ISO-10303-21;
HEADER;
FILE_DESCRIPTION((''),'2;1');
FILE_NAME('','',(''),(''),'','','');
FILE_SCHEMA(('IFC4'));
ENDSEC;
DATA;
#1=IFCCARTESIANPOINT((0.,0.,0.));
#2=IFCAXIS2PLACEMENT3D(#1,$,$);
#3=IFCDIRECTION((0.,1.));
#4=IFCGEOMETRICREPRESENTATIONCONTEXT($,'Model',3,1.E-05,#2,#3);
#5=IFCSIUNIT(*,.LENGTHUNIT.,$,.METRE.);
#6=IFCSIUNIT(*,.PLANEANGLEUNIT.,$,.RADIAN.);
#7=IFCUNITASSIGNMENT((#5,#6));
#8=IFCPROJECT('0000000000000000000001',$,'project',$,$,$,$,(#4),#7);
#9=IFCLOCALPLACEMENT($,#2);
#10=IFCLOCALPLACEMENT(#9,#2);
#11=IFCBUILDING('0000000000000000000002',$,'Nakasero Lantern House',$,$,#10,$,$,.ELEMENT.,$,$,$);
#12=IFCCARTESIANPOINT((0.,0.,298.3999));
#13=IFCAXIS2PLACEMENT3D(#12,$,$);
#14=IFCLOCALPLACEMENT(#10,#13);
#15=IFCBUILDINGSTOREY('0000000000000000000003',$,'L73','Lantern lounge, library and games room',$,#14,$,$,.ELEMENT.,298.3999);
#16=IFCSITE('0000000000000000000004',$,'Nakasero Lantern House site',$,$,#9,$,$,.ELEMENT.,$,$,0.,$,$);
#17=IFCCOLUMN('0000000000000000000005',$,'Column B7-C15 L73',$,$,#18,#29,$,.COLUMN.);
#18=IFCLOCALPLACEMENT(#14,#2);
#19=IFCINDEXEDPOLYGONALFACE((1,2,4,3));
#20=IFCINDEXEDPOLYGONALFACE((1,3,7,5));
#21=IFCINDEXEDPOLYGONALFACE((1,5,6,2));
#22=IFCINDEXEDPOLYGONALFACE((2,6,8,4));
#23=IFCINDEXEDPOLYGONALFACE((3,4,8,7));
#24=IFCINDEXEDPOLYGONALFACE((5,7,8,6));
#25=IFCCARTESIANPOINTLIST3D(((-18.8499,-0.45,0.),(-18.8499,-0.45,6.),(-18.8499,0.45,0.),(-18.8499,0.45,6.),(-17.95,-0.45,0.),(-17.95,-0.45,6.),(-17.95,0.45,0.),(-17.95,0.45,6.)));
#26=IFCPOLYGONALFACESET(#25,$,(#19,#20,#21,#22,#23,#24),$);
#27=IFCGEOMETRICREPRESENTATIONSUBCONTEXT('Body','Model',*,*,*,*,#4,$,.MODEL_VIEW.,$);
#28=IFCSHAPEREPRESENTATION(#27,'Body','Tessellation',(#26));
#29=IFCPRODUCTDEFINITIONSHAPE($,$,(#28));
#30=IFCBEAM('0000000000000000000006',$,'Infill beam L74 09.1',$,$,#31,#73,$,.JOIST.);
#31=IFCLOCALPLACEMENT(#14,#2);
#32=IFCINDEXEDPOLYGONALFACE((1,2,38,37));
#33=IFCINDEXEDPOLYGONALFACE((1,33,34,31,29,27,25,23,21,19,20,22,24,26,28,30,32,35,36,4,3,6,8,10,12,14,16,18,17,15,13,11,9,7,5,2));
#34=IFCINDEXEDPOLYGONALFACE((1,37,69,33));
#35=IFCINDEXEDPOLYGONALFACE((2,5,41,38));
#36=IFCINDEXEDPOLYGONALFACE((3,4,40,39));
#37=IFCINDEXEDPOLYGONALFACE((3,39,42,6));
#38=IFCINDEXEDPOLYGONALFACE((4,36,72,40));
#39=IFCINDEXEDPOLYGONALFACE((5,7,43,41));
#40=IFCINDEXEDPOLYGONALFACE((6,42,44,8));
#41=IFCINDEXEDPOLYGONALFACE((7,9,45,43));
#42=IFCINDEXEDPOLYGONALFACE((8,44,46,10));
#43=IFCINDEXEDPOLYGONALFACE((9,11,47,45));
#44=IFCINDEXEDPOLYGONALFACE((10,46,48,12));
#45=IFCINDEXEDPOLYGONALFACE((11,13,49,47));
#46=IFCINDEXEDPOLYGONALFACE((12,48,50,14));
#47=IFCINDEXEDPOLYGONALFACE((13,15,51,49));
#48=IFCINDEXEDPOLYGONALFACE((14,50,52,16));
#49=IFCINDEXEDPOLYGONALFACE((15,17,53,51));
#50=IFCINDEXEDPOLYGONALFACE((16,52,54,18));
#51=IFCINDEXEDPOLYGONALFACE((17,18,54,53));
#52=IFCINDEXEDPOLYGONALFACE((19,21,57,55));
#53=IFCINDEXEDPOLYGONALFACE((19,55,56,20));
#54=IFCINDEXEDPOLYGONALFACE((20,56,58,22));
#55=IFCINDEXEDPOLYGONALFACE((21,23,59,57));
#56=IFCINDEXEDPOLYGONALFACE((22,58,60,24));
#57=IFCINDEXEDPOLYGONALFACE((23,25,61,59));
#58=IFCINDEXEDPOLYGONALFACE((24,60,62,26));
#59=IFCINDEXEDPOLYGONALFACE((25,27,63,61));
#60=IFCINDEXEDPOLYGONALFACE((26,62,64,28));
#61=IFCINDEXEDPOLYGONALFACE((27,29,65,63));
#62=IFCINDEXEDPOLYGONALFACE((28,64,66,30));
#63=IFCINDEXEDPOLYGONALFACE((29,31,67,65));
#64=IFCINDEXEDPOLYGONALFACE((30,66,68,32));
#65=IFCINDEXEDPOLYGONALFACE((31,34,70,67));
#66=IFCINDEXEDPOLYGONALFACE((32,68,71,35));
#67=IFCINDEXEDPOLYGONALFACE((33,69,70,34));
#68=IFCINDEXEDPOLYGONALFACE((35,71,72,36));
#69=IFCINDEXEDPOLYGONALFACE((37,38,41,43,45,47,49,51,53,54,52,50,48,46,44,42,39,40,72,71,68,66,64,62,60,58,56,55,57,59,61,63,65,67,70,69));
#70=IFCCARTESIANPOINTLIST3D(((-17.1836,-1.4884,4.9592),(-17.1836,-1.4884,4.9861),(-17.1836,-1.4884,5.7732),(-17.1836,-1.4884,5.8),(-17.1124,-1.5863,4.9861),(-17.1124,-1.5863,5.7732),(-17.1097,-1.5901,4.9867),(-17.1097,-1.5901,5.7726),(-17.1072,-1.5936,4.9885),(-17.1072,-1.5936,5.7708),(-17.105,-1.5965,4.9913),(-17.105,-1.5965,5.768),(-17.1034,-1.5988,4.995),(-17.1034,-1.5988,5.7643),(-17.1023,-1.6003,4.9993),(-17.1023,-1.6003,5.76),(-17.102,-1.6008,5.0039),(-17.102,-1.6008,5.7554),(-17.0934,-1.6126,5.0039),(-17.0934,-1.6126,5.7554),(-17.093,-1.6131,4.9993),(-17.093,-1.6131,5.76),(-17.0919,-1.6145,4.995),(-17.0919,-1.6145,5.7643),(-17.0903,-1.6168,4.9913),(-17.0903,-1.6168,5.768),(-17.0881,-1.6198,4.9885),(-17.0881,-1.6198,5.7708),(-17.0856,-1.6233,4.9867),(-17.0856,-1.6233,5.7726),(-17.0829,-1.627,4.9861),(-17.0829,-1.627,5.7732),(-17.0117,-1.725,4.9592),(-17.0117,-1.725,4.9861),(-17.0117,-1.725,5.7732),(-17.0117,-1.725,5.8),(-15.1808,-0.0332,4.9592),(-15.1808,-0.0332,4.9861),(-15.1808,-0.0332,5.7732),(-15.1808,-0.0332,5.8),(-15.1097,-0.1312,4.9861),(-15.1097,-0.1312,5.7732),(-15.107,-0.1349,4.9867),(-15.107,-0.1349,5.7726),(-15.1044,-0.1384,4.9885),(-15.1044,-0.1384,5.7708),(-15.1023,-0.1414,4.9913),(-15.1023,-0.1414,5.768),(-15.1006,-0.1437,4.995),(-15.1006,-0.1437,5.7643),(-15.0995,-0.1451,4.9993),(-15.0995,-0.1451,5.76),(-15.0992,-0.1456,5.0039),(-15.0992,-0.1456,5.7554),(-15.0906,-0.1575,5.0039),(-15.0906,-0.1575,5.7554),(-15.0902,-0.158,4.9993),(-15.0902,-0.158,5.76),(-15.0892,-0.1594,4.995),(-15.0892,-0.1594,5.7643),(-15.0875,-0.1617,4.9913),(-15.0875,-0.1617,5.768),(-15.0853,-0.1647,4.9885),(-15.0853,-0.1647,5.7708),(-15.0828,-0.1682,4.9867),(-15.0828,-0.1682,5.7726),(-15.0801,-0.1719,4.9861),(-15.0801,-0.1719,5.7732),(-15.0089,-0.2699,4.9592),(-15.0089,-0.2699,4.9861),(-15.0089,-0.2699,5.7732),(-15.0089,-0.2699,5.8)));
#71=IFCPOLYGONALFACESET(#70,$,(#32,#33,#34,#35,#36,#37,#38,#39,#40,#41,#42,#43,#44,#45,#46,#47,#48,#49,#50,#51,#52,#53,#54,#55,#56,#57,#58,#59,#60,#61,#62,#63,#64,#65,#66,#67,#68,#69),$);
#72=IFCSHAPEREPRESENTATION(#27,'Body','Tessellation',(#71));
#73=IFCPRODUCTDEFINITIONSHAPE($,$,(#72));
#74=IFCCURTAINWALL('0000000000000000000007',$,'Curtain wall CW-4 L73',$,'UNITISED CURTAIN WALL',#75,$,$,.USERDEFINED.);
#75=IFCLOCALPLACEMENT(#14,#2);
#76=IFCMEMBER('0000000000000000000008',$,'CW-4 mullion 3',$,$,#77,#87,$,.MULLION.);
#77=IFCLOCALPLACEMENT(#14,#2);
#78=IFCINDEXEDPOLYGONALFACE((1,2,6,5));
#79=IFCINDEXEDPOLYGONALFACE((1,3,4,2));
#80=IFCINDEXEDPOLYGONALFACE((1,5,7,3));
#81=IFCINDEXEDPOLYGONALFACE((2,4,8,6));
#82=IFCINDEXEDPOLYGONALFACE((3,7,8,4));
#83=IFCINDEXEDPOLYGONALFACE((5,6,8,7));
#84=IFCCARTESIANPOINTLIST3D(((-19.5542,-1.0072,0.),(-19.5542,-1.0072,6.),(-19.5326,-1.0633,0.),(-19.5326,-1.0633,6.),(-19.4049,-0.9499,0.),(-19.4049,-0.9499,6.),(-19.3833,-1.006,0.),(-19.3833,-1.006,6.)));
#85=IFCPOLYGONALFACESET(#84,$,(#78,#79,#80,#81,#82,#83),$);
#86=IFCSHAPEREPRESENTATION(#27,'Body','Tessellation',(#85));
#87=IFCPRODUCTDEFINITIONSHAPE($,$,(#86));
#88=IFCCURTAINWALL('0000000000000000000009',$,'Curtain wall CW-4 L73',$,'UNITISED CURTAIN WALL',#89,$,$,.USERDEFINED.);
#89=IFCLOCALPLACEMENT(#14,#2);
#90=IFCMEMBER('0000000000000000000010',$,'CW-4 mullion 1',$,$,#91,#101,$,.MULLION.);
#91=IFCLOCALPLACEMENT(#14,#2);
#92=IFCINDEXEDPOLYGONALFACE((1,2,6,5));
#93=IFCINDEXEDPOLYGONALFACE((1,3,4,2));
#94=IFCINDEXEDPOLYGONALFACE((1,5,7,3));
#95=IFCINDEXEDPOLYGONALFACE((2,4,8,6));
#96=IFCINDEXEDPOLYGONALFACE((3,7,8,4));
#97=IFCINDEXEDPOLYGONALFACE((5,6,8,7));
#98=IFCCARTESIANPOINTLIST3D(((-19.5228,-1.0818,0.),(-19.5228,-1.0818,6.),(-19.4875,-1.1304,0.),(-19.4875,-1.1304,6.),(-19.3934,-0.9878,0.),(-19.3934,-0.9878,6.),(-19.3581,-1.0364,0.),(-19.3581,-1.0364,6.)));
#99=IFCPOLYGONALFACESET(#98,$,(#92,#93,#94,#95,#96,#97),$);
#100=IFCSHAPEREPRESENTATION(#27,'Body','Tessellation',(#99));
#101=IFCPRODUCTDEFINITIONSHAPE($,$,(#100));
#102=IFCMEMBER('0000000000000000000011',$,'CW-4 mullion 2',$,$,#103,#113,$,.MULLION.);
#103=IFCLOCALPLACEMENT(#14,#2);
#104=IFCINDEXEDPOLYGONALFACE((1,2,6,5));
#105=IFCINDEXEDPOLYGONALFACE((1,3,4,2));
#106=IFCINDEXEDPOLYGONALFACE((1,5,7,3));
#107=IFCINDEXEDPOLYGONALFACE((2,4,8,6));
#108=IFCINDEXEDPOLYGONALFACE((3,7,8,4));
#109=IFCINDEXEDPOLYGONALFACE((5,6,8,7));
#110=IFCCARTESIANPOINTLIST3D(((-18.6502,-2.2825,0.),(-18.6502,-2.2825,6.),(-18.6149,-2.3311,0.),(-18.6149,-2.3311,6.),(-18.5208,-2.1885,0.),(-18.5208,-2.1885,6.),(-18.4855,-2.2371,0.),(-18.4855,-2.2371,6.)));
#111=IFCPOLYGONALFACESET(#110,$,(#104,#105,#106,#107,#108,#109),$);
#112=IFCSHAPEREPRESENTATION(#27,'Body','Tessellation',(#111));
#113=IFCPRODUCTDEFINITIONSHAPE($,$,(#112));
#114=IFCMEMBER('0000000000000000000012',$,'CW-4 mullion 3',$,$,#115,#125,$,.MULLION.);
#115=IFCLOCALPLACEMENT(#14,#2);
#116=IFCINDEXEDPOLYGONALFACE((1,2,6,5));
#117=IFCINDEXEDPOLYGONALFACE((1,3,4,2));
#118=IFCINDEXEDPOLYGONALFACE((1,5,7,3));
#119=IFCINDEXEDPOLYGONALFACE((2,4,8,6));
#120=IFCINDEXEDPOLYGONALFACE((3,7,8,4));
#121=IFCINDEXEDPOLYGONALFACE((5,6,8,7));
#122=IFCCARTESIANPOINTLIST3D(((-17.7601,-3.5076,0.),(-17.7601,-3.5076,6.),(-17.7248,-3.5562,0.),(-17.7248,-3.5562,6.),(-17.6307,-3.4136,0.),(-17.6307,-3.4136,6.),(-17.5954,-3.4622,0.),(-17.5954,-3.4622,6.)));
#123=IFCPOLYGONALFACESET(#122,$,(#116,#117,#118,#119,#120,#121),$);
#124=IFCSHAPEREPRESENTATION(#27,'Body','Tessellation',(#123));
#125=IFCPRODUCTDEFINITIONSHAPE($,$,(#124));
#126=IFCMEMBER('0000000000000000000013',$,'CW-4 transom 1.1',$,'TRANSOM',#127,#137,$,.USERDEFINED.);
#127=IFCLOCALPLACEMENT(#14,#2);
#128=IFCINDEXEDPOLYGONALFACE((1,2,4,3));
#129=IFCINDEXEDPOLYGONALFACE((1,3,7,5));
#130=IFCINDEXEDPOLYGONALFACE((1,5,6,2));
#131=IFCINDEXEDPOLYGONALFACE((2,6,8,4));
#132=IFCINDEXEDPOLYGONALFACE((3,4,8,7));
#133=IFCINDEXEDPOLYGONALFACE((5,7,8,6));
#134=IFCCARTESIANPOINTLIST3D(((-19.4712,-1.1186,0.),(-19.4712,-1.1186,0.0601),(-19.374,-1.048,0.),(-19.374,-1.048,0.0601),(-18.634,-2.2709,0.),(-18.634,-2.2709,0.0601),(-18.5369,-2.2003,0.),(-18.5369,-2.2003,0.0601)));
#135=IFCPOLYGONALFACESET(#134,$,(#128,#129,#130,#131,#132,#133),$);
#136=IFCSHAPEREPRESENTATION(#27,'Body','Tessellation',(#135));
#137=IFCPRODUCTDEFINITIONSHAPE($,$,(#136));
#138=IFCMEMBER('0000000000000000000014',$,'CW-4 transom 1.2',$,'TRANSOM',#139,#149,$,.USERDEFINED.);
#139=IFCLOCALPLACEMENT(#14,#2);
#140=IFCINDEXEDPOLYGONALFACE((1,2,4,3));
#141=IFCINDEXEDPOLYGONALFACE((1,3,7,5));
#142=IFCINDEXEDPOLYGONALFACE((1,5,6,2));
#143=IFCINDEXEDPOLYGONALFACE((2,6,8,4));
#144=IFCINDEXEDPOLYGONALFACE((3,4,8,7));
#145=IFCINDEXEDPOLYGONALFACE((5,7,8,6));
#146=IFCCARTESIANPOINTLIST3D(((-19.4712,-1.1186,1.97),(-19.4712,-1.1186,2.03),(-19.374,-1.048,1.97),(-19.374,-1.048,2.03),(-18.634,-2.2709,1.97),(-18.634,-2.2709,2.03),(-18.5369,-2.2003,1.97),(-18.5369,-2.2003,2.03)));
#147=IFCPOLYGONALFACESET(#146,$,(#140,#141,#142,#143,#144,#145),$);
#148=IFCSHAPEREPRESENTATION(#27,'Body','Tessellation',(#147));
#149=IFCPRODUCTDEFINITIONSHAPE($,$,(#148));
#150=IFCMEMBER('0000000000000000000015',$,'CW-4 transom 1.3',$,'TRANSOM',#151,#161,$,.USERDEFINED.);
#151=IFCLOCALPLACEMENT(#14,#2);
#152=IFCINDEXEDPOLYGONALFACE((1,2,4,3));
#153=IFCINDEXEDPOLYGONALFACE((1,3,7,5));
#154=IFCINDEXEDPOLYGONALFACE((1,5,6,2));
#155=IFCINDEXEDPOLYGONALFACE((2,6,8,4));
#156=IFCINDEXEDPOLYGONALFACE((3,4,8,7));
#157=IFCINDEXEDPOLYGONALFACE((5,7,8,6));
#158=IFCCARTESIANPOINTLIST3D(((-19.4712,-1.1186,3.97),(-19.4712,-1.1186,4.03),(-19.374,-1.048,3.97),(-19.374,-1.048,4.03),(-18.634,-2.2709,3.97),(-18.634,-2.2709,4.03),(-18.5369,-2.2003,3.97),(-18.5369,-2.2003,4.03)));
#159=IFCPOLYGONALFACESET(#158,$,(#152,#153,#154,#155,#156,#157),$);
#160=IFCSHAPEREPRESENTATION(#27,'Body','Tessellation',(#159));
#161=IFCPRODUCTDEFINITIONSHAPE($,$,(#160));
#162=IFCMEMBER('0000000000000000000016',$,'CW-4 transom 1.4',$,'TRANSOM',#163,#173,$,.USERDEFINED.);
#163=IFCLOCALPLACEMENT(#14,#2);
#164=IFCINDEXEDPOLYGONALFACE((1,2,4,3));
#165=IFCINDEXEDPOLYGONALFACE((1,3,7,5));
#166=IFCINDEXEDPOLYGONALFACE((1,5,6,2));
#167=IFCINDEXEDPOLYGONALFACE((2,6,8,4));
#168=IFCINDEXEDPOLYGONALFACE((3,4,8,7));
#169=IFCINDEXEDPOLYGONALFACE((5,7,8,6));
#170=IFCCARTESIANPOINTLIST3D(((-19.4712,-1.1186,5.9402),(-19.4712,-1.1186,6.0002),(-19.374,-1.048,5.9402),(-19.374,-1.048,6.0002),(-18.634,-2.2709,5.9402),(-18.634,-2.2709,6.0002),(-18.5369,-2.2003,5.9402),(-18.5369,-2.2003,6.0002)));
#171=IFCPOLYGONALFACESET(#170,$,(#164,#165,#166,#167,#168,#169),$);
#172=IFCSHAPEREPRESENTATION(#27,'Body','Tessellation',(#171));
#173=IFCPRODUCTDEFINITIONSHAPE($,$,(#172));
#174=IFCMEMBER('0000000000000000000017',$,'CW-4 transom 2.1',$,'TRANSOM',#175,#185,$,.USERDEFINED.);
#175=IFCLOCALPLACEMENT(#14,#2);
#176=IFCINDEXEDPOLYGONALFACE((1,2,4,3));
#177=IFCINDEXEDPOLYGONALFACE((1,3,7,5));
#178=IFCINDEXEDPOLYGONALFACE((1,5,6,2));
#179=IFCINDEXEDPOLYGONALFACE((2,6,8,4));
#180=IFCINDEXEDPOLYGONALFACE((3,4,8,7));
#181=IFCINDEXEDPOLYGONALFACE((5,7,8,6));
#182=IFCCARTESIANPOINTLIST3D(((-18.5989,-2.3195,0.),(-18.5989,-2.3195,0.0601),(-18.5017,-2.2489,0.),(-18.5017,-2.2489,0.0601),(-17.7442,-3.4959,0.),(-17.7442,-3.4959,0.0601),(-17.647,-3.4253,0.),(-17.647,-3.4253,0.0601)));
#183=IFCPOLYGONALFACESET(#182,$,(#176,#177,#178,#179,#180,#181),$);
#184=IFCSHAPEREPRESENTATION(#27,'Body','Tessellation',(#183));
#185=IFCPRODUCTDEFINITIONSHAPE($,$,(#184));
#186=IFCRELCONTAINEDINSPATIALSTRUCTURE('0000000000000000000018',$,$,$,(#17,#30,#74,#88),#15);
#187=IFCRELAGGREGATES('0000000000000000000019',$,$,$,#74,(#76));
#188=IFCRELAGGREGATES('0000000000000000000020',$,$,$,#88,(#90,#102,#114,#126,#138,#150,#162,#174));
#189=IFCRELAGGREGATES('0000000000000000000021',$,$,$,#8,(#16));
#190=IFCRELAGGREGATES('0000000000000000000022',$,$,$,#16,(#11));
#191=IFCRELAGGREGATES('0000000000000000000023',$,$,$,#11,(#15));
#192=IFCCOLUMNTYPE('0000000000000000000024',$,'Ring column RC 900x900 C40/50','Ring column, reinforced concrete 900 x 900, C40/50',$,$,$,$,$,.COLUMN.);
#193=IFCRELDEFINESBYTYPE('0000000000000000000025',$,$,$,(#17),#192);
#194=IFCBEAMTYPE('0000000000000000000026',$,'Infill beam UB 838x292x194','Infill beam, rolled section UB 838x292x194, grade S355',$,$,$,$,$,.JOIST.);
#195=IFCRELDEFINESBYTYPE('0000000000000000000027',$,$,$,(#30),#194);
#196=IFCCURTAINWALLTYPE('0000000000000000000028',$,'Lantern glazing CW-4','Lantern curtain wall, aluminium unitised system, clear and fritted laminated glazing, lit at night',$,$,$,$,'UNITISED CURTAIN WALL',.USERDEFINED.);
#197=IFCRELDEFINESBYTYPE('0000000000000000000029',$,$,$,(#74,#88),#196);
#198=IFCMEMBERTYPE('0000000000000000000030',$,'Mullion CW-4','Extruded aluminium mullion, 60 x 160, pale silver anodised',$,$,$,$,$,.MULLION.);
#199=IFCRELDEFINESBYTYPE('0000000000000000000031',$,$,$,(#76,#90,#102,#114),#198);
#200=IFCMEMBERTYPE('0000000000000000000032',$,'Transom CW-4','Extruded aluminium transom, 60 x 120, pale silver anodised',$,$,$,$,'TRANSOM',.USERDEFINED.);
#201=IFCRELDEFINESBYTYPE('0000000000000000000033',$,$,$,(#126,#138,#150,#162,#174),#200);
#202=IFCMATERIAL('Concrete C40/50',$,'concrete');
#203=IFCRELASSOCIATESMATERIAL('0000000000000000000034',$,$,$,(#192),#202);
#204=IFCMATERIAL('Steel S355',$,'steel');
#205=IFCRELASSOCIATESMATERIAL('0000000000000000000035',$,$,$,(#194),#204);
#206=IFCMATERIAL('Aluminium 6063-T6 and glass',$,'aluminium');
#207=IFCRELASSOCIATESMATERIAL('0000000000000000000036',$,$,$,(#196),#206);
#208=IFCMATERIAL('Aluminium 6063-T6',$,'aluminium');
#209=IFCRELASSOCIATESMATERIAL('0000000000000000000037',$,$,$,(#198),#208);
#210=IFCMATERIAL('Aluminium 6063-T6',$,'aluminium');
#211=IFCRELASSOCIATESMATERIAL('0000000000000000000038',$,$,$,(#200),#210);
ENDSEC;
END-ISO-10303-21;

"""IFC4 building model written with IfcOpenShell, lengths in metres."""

from ifc_helpers import new_model, si_unit, direction, frame, origin, origin_2d, place, context, subcontext, project, spatial, rectangle, i_section, extrude, material, material_profile, profile_set, type_object, element, aggregate, save


model = new_model("IFC4")

# Units and contexts
model_context = context("Model", 3, precision=1e-05, world=origin(), true_north=direction((0.0, 1.0)))
body_context = subcontext(model_context, "Body", "Model", "MODEL_VIEW")
ifc_project = project(units=[si_unit("LENGTHUNIT", "METRE"), si_unit("PLANEANGLEUNIT", "RADIAN")], contexts=[model_context])

# Site, building, storey
site_placement = place(None, origin())
site = spatial("IfcSite", under=ifc_project, at=site_placement, Name="Nakasero Lantern House site", CompositionType="ELEMENT", RefElevation=0.0)
building_placement = place(site_placement, origin())
building = spatial("IfcBuilding", under=site, at=building_placement, Name="Nakasero Lantern House", CompositionType="ELEMENT")
storey_placement = place(building_placement, frame((0.0, 0.0, 298.3999)))
storey = spatial("IfcBuildingStorey", under=building, at=storey_placement, Name="L73", Description="Lantern lounge, library and games room", CompositionType="ELEMENT", Elevation=298.3999)

# Column
ifc_material_1 = material(Name="Concrete C40/50", Category="concrete")
ifc_material_profile_1 = material_profile(ifc_material_1, rectangle(XDim=0.8999, YDim=0.8999, at=origin_2d()), Name="RC 900x900")
ifc_profile_set_1 = profile_set([ifc_material_profile_1], Name="Concrete C40/50")
column_type = type_object("IfcColumnType", Name="Ring column RC 900x900 C40/50", Description="Ring column, reinforced concrete 900 x 900, C40/50", PredefinedType="COLUMN", material=ifc_profile_set_1)
column_placement = place(storey_placement, frame((-18.3999, 0.0, 0.0), z_axis=(0.0, 0.0, 1.0), x_axis=(1.0, 0.0, 0.0)))
element("IfcColumn", 1, at=column_placement, inside=storey, type_object=column_type, Name="Column B7-C15 L73", PredefinedType="COLUMN", context=body_context, shape_type="SweptSolid", body=[
    extrude(rectangle(XDim=0.8999, YDim=0.8999, at=origin_2d()), origin(), (0.0, 0.0, 1.0), 6.0),
])

# Beam
ifc_material_2 = material(Name="Steel S355", Category="steel")
ifc_material_profile_2 = material_profile(ifc_material_2, i_section(OverallWidth=0.2925, OverallDepth=0.8408, WebThickness=0.0146, FlangeThickness=0.0269, FilletRadius=0.0178, at=origin_2d()), Name="UB 838x292x194")
ifc_profile_set_2 = profile_set([ifc_material_profile_2], Name="Steel S355")
beam_type = type_object("IfcBeamType", Name="Infill beam UB 838x292x194", Description="Infill beam, rolled section UB 838x292x194, grade S355", PredefinedType="JOIST", material=ifc_profile_set_2)
beam_placement = place(storey_placement, frame((-17.0977, -1.6067, 5.3796), z_axis=(0.809009, 0.587796, 0.0), x_axis=(-0.587796, 0.809009, 0.0)))
element("IfcBeam", 2, at=beam_placement, inside=storey, type_object=beam_type, Name="Infill beam L74 09.1", PredefinedType="JOIST", context=body_context, shape_type="SweptSolid", body=[
    extrude(i_section(OverallWidth=0.2925, OverallDepth=0.8408, WebThickness=0.0146, FlangeThickness=0.0269, FilletRadius=0.0178, at=origin_2d()), origin(), (0.0, 0.0, 1.0), 2.4756),
])

# Curtain wall, member
ifc_material_3 = material(Name="Aluminium 6063-T6 and glass", Category="aluminium")
curtain_wall_type = type_object("IfcCurtainWallType", Name="Lantern glazing CW-4", Description="Lantern curtain wall, aluminium unitised system, clear and fritted laminated glazing, lit at night", ElementType="UNITISED CURTAIN WALL", PredefinedType="USERDEFINED", material=ifc_material_3)
curtain_wall_1_placement = place(storey_placement, origin())
curtain_wall_1 = element("IfcCurtainWall", 3, at=curtain_wall_1_placement, inside=storey, type_object=curtain_wall_type, Name="Curtain wall CW-4 L73", ObjectType="UNITISED CURTAIN WALL", PredefinedType="USERDEFINED")
ifc_material_4 = material(Name="Aluminium 6063-T6", Category="aluminium")
ifc_material_profile_3 = material_profile(ifc_material_4, rectangle(XDim=0.0601, YDim=0.1599, at=origin_2d()), Name="CW-4 mullion 60x160")
ifc_profile_set_3 = profile_set([ifc_material_profile_3], Name="Aluminium 6063-T6")
member_type_1 = type_object("IfcMemberType", Name="Mullion CW-4", Description="Extruded aluminium mullion, 60 x 160, pale silver anodised", PredefinedType="MULLION", material=ifc_profile_set_3)
member_1_placement = place(storey_placement, frame((-19.4688, -1.0066, 0.0), z_axis=(0.0, 0.0, 1.0), x_axis=(0.358368, -0.93358, 0.0)))
member_1 = element("IfcMember", 4, at=member_1_placement, type_object=member_type_1, Name="CW-4 mullion 3", PredefinedType="MULLION", context=body_context, shape_type="SweptSolid", body=[
    extrude(rectangle(XDim=0.0601, YDim=0.1599, at=origin_2d()), origin(), (0.0, 0.0, 1.0), 6.0),
])

# Curtain wall, members
curtain_wall_2_placement = place(storey_placement, origin())
curtain_wall_2 = element("IfcCurtainWall", 5, at=curtain_wall_2_placement, inside=storey, type_object=curtain_wall_type, Name="Curtain wall CW-4 L73", ObjectType="UNITISED CURTAIN WALL", PredefinedType="USERDEFINED")
member_2_placement = place(storey_placement, frame((-19.4404, -1.0591, 0.0), z_axis=(0.0, 0.0, 1.0), x_axis=(0.587785, -0.809017, 0.0)))
member_2 = element("IfcMember", 6, at=member_2_placement, type_object=member_type_1, Name="CW-4 mullion 1", PredefinedType="MULLION", context=body_context, shape_type="SweptSolid", body=[
    extrude(rectangle(XDim=0.0601, YDim=0.1599, at=origin_2d()), origin(), (0.0, 0.0, 1.0), 6.0),
])
member_3_placement = place(storey_placement, frame((-18.5679, -2.2598, 0.0), z_axis=(0.0, 0.0, 1.0), x_axis=(0.587785, -0.809017, 0.0)))
member_3 = element("IfcMember", 7, at=member_3_placement, type_object=member_type_1, Name="CW-4 mullion 2", PredefinedType="MULLION", context=body_context, shape_type="SweptSolid", body=[
    extrude(rectangle(XDim=0.0601, YDim=0.1599, at=origin_2d()), origin(), (0.0, 0.0, 1.0), 6.0),
])
member_4_placement = place(storey_placement, frame((-17.6777, -3.4849, 0.0), z_axis=(0.0, 0.0, 1.0), x_axis=(0.587785, -0.809017, 0.0)))
member_4 = element("IfcMember", 8, at=member_4_placement, type_object=member_type_1, Name="CW-4 mullion 3", PredefinedType="MULLION", context=body_context, shape_type="SweptSolid", body=[
    extrude(rectangle(XDim=0.0601, YDim=0.1599, at=origin_2d()), origin(), (0.0, 0.0, 1.0), 6.0),
])
ifc_material_5 = material(Name="Aluminium 6063-T6", Category="aluminium")
ifc_material_profile_4 = material_profile(ifc_material_5, rectangle(XDim=0.0601, YDim=0.1201, at=origin_2d()), Name="CW-4 transom 60x120")
ifc_profile_set_4 = profile_set([ifc_material_profile_4], Name="Aluminium 6063-T6")
member_type_2 = type_object("IfcMemberType", Name="Transom CW-4", Description="Extruded aluminium transom, 60 x 120, pale silver anodised", ElementType="TRANSOM", PredefinedType="USERDEFINED", material=ifc_profile_set_4)
member_5_placement = place(storey_placement, frame((-19.4226, -1.0833, 0.03), z_axis=(0.587754, -0.80904, 0.0), x_axis=(0.0, 0.0, 1.0)))
member_5 = element("IfcMember", 9, at=member_5_placement, type_object=member_type_2, Name="CW-4 transom 1.1", ObjectType="TRANSOM", PredefinedType="USERDEFINED", context=body_context, shape_type="SweptSolid", body=[
    extrude(rectangle(XDim=0.0601, YDim=0.1201, at=origin_2d()), origin(), (0.0, 0.0, 1.0), 1.4243),
])
member_6_placement = place(storey_placement, frame((-19.4226, -1.0833, 2.0), z_axis=(0.587754, -0.80904, 0.0), x_axis=(0.0, 0.0, 1.0)))
member_6 = element("IfcMember", 10, at=member_6_placement, type_object=member_type_2, Name="CW-4 transom 1.2", ObjectType="TRANSOM", PredefinedType="USERDEFINED", context=body_context, shape_type="SweptSolid", body=[
    extrude(rectangle(XDim=0.0601, YDim=0.1201, at=origin_2d()), origin(), (0.0, 0.0, 1.0), 1.4243),
])
member_7_placement = place(storey_placement, frame((-19.4226, -1.0833, 4.0), z_axis=(0.587754, -0.80904, 0.0), x_axis=(0.0, 0.0, 1.0)))
member_7 = element("IfcMember", 11, at=member_7_placement, type_object=member_type_2, Name="CW-4 transom 1.3", ObjectType="TRANSOM", PredefinedType="USERDEFINED", context=body_context, shape_type="SweptSolid", body=[
    extrude(rectangle(XDim=0.0601, YDim=0.1201, at=origin_2d()), origin(), (0.0, 0.0, 1.0), 1.4243),
])
member_8_placement = place(storey_placement, frame((-19.4226, -1.0833, 5.9702), z_axis=(0.587754, -0.80904, 0.0), x_axis=(0.0, 0.0, 1.0)))
member_8 = element("IfcMember", 12, at=member_8_placement, type_object=member_type_2, Name="CW-4 transom 1.4", ObjectType="TRANSOM", PredefinedType="USERDEFINED", context=body_context, shape_type="SweptSolid", body=[
    extrude(rectangle(XDim=0.0601, YDim=0.1201, at=origin_2d()), origin(), (0.0, 0.0, 1.0), 1.4243),
])
member_9_placement = place(storey_placement, frame((-18.5503, -2.2842, 0.03), z_axis=(0.587762, -0.809034, 0.0), x_axis=(0.0, 0.0, 1.0)))
member_9 = element("IfcMember", 13, at=member_9_placement, type_object=member_type_2, Name="CW-4 transom 2.1", ObjectType="TRANSOM", PredefinedType="USERDEFINED", context=body_context, shape_type="SweptSolid", body=[
    extrude(rectangle(XDim=0.0601, YDim=0.1201, at=origin_2d()), origin(), (0.0, 0.0, 1.0), 1.4541),
])

aggregate(curtain_wall_1, [member_1])
aggregate(curtain_wall_2, [member_2, member_3, member_4, member_5, member_6, member_7, member_8, member_9])

save(model, "model.ifc")
